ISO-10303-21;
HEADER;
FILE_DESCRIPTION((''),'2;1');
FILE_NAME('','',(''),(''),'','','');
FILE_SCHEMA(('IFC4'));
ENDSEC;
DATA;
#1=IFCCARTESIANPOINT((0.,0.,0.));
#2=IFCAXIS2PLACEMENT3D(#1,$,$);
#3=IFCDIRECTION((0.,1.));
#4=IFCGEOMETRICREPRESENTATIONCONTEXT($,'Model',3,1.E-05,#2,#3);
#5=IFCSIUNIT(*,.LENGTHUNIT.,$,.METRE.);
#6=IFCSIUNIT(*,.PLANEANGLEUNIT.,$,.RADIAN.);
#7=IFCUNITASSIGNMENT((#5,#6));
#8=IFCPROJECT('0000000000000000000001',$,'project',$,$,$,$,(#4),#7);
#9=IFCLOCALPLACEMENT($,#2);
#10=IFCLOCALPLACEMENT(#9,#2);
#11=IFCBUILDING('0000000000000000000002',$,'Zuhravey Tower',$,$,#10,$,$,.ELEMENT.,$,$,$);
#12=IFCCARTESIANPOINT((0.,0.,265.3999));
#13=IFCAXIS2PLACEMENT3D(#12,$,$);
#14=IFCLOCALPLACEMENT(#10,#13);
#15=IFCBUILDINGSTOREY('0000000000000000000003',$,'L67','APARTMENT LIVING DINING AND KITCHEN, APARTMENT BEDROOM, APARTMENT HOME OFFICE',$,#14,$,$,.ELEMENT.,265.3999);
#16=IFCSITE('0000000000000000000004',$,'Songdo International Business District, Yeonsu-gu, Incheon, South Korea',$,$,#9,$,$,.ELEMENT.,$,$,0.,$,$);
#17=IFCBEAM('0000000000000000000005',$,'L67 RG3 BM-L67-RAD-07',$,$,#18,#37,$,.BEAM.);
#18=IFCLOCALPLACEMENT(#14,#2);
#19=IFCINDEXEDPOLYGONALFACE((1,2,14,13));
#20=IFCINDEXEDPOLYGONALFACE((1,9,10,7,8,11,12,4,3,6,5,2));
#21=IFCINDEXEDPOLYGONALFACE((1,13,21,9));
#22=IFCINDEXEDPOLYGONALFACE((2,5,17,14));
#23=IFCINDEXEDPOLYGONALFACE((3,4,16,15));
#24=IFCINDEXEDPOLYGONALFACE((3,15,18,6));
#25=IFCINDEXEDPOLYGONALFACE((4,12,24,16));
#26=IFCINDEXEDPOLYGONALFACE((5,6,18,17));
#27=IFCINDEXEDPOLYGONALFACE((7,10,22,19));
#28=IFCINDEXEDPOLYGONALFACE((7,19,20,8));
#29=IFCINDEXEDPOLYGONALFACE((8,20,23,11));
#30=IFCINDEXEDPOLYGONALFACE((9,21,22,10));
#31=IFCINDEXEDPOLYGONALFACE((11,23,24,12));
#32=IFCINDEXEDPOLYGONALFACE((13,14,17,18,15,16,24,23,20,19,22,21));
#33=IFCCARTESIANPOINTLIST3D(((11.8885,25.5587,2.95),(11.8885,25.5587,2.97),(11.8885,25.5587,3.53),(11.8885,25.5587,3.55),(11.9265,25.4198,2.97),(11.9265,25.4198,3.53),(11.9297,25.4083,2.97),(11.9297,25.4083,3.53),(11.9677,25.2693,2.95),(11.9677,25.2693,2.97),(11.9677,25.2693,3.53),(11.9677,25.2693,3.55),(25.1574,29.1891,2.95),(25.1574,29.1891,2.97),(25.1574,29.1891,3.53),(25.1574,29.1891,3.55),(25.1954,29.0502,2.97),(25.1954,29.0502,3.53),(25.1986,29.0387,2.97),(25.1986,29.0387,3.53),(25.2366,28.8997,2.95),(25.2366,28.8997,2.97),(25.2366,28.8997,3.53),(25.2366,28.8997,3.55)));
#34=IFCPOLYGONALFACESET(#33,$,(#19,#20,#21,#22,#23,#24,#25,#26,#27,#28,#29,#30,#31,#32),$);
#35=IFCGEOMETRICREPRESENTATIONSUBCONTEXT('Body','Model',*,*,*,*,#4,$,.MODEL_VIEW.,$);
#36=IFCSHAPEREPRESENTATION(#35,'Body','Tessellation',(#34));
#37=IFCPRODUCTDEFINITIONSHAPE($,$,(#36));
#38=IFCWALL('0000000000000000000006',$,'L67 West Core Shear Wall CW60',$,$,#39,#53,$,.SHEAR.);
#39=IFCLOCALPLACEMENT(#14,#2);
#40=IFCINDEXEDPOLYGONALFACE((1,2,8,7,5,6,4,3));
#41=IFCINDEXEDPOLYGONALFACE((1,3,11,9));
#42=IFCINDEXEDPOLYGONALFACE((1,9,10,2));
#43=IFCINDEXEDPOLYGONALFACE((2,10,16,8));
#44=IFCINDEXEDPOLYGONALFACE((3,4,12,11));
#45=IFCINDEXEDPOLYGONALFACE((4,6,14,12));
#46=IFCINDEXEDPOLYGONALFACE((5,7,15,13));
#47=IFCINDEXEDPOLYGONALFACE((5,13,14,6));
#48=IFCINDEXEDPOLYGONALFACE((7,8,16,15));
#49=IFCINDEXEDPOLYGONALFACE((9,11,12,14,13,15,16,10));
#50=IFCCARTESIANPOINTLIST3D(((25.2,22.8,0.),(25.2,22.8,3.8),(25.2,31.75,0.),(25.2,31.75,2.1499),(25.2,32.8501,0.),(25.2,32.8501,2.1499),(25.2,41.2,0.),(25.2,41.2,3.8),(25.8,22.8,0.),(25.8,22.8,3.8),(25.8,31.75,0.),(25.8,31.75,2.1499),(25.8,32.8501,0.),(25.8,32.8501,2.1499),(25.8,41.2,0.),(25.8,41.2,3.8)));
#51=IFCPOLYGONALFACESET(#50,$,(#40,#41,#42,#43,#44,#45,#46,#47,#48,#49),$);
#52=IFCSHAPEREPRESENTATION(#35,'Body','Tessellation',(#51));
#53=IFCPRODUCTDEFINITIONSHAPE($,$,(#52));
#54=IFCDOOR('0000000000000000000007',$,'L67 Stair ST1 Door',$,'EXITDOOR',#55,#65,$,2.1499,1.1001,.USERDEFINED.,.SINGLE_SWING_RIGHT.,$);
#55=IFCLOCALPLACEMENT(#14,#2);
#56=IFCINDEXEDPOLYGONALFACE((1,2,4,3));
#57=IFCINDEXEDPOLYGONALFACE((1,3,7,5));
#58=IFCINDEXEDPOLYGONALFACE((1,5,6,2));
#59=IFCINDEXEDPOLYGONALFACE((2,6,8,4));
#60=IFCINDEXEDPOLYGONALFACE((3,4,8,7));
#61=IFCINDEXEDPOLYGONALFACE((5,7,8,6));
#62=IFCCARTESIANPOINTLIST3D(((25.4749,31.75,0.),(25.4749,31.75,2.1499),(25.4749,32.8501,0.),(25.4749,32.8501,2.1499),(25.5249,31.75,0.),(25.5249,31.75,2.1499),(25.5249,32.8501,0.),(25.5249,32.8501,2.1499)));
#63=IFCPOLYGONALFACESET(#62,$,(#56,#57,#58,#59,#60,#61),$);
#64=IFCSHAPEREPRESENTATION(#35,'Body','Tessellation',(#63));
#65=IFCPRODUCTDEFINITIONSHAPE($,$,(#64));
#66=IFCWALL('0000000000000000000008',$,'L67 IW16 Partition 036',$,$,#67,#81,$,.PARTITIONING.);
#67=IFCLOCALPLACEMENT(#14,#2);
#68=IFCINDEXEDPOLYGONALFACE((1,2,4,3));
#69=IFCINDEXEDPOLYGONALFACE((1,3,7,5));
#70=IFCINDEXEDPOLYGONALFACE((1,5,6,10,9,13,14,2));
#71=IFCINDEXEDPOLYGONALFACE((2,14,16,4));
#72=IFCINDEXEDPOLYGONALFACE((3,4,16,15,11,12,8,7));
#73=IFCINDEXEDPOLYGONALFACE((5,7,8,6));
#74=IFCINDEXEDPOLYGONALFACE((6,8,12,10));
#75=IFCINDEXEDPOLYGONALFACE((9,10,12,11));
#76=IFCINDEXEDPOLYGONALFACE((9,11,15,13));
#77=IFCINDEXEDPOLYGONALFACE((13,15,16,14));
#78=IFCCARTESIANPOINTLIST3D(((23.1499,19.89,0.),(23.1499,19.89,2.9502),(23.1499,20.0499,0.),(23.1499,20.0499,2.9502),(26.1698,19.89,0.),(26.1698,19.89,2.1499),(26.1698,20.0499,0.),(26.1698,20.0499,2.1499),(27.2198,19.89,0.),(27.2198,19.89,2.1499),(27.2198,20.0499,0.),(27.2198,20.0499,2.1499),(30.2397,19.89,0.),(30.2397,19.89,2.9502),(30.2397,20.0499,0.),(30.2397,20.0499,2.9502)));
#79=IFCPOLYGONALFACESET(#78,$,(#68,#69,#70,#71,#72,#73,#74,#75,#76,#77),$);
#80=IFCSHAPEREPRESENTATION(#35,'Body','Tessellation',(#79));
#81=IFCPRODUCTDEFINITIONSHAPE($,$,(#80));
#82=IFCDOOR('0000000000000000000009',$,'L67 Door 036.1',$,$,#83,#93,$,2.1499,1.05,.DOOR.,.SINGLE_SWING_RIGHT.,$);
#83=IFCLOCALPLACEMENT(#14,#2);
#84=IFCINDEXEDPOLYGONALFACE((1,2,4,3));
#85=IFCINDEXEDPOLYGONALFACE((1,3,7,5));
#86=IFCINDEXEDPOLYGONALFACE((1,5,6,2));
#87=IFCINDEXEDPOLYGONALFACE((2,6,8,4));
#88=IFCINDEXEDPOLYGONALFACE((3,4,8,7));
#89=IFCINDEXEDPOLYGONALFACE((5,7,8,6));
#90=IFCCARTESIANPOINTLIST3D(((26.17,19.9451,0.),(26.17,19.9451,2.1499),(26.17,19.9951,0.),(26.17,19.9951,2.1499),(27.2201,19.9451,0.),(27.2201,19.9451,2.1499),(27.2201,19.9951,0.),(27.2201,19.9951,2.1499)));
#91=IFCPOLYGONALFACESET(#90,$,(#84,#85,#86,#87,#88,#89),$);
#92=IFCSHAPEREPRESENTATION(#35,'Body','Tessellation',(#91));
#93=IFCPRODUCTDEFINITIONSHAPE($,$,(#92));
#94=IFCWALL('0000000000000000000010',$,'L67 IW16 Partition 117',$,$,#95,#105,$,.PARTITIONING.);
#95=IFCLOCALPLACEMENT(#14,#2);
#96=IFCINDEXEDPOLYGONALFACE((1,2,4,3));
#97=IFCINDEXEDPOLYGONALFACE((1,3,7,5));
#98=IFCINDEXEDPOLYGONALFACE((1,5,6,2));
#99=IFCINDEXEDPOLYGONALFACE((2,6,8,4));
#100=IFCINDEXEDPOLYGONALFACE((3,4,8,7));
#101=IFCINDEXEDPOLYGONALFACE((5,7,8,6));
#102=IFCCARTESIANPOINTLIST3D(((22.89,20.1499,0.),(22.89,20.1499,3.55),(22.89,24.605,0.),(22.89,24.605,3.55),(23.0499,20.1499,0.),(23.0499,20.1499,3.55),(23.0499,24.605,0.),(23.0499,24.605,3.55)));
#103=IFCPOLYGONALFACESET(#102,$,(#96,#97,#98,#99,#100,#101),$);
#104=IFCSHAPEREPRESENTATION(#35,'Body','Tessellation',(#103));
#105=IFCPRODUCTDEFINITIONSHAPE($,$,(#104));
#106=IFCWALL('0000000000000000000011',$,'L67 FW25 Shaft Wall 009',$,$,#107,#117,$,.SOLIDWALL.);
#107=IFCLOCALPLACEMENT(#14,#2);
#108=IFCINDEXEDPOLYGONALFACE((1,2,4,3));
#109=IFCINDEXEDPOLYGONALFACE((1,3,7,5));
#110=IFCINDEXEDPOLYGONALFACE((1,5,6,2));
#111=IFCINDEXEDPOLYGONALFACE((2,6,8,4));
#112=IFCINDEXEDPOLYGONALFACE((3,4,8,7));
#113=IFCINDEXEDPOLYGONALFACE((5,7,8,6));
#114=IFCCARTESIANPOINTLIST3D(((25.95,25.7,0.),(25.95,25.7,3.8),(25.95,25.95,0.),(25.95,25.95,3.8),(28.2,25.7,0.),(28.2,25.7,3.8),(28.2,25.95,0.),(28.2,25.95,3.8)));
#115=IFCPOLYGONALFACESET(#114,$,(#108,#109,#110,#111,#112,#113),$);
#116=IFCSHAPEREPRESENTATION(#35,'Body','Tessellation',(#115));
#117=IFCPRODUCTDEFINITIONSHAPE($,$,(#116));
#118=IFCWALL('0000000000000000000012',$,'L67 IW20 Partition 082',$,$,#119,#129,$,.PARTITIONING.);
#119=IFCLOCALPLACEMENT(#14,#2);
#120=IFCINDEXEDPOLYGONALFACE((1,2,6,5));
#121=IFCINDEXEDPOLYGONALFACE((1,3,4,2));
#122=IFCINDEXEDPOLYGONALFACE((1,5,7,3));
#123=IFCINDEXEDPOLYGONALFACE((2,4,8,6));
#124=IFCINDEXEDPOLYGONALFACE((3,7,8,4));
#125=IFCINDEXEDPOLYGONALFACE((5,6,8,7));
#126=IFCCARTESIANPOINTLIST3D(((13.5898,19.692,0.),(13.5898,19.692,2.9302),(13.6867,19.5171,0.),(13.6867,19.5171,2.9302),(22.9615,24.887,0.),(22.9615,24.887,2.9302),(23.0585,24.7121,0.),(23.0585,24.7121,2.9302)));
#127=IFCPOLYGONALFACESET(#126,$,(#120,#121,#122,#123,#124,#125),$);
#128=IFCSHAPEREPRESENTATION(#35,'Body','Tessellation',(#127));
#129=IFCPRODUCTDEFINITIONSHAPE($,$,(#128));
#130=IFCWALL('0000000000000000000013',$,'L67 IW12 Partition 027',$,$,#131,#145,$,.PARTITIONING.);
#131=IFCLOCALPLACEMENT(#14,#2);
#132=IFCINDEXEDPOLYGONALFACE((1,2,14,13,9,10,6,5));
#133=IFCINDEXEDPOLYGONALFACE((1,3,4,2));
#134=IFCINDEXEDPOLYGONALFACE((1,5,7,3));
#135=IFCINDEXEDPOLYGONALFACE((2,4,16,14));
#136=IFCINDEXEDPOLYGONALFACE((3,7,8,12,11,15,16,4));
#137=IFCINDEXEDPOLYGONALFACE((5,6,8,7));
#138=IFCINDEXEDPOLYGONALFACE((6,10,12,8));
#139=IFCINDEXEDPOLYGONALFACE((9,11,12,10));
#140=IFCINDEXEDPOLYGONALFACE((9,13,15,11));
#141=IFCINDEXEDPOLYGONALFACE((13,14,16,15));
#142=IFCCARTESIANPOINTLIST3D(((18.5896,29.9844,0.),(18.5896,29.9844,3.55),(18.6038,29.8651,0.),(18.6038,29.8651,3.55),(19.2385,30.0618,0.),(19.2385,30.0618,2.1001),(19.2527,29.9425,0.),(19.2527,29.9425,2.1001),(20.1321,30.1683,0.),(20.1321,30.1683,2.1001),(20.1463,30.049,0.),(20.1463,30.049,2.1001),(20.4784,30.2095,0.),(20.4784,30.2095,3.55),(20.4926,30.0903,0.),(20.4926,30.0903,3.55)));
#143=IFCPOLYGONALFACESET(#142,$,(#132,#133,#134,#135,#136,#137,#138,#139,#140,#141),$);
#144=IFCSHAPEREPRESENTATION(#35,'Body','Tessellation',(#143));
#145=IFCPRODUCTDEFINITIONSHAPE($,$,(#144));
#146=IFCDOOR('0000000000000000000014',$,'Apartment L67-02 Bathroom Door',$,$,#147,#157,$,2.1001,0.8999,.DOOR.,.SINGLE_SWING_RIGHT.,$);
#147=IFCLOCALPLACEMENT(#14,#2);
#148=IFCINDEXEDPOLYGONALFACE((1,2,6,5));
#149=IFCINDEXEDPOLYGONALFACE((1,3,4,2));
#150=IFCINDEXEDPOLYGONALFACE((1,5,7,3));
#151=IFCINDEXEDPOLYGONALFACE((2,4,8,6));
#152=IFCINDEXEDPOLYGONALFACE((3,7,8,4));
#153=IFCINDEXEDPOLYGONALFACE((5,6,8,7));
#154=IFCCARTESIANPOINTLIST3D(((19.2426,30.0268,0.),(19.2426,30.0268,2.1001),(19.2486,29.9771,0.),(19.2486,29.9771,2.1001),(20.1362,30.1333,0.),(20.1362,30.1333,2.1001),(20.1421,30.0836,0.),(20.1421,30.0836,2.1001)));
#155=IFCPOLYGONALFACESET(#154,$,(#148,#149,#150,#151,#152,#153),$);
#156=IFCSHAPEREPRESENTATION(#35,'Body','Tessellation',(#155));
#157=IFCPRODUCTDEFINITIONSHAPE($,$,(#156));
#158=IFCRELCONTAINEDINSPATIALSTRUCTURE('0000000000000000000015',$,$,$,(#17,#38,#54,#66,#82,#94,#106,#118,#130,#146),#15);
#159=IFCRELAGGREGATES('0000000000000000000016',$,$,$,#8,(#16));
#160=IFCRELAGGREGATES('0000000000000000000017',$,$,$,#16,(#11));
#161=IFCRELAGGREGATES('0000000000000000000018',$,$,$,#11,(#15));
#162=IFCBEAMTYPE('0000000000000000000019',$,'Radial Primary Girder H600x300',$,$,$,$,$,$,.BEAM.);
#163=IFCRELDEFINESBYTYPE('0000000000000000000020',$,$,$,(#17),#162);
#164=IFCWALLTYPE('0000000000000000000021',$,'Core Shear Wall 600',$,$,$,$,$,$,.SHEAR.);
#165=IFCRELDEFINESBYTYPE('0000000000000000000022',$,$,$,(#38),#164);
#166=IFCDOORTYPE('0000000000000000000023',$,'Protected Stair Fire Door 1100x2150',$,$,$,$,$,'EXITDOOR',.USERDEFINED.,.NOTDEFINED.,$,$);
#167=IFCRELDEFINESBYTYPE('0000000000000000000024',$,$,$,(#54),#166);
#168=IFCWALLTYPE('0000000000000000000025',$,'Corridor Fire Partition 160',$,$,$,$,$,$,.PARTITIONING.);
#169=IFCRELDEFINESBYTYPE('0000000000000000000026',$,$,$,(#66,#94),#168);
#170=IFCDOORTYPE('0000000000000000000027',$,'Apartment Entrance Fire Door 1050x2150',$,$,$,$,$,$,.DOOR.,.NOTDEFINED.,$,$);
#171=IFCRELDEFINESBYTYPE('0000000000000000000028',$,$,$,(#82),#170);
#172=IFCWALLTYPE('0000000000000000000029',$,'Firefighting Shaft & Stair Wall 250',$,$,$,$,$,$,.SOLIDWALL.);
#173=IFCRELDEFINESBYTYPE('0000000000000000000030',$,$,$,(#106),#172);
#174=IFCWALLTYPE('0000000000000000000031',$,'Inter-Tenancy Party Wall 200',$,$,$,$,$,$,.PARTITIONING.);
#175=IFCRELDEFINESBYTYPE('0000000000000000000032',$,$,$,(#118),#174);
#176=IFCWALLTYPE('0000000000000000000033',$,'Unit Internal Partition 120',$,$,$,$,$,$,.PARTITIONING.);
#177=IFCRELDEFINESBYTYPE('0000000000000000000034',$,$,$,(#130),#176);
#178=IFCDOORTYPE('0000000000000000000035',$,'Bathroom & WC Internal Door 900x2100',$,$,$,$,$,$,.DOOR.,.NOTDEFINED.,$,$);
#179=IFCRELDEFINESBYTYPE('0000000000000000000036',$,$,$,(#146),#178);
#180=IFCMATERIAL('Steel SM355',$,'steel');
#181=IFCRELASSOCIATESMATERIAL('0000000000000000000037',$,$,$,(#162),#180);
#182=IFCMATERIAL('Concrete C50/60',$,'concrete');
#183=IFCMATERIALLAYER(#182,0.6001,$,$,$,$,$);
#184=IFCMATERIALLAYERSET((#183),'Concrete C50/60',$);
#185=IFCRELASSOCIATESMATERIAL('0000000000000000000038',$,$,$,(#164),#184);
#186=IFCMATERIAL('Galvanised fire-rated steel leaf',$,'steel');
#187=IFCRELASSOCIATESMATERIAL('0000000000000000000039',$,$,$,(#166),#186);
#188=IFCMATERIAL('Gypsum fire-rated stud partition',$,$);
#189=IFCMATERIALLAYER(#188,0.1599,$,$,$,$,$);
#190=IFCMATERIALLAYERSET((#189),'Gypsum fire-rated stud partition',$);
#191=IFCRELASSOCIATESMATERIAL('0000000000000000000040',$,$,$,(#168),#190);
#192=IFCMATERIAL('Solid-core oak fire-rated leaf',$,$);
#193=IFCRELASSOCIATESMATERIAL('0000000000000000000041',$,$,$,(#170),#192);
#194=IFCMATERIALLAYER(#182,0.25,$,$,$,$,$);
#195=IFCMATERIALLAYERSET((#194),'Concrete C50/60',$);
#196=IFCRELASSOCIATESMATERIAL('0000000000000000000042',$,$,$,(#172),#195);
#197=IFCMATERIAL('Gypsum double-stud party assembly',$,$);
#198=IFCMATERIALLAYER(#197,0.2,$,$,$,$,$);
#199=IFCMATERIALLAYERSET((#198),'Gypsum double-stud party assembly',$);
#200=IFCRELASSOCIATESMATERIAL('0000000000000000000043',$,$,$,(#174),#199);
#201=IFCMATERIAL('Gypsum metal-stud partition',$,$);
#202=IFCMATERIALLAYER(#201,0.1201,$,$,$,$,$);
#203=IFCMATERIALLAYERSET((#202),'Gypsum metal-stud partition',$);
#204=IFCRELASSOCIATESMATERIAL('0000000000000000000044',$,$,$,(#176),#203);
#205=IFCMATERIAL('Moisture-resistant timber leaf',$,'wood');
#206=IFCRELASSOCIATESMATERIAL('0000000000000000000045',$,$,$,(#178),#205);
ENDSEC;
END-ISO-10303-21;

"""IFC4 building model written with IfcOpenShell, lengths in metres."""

from ifc_helpers import new_model, si_unit, direction, frame, frame_2d, origin, origin_2d, place, context, subcontext, project, spatial, rectangle, i_section, extrude, material, layer, layer_set, material_profile, profile_set, type_object, element, fill, save


model = new_model("IFC4")

# Units and contexts
model_context = context("Model", 3, precision=1e-05, world=origin(), true_north=direction((0.0, 1.0)))
body_context = subcontext(model_context, "Body", "Model", "MODEL_VIEW")
ifc_project = project(units=[si_unit("LENGTHUNIT", "METRE"), si_unit("PLANEANGLEUNIT", "RADIAN")], contexts=[model_context])

# Site, building, storey
site_placement = place(None, origin())
site = spatial("IfcSite", under=ifc_project, at=site_placement, Name="Songdo International Business District, Yeonsu-gu, Incheon, South Korea", CompositionType="ELEMENT", RefElevation=0.0)
building_placement = place(site_placement, origin())
building = spatial("IfcBuilding", under=site, at=building_placement, Name="Zuhravey Tower", CompositionType="ELEMENT")
storey_placement = place(building_placement, frame((0.0, 0.0, 265.3999)))
storey = spatial("IfcBuildingStorey", under=building, at=storey_placement, Name="L67", Description="APARTMENT LIVING DINING AND KITCHEN, APARTMENT BEDROOM, APARTMENT HOME OFFICE", CompositionType="ELEMENT", Elevation=265.3999)

# Beam
ifc_material_1 = material(Name="Steel SM355", Category="steel")
ifc_material_profile = material_profile(ifc_material_1, i_section(OverallWidth=0.3, OverallDepth=0.6001, WebThickness=0.012, FlangeThickness=0.02, at=origin_2d()), Name="H-600x300x12x20")
ifc_profile_set = profile_set([ifc_material_profile], Name="Steel SM355")
beam_type = type_object("IfcBeamType", Name="Radial Primary Girder H600x300", PredefinedType="BEAM", material=ifc_profile_set)
beam_placement = place(storey_placement, frame((25.197, 29.0444, 3.25), z_axis=(-0.964549, -0.263903, 0.0), x_axis=(0.263903, -0.964549, 0.0)))
element("IfcBeam", 1, at=beam_placement, inside=storey, type_object=beam_type, Name="L67 RG3 BM-L67-RAD-07", PredefinedType="BEAM", context=body_context, shape_type="SweptSolid", body=[
    extrude(i_section(OverallWidth=0.3, OverallDepth=0.6001, WebThickness=0.012, FlangeThickness=0.02, at=origin_2d()), origin(), (0.0, 0.0, 1.0), 13.7566),
])

# Walls, openings, doors
ifc_material_2 = material(Name="Concrete C50/60", Category="concrete")
ifc_layer_1 = layer(ifc_material_2, 0.6001)
ifc_layer_set_1 = layer_set([ifc_layer_1], Name="Concrete C50/60")
wall_type_1 = type_object("IfcWallType", Name="Core Shear Wall 600", PredefinedType="SHEAR", material=ifc_layer_set_1)
ifc_material_3 = material(Name="Galvanised fire-rated steel leaf", Category="steel")
wall_1_placement = place(storey_placement, frame((25.5, 22.8, 0.0), z_axis=(0.0, 0.0, 1.0), x_axis=(0.0, 1.0, 0.0)))
wall_1 = element("IfcWall", 2, at=wall_1_placement, inside=storey, type_object=wall_type_1, Name="L67 West Core Shear Wall CW60", PredefinedType="SHEAR", context=body_context, shape_type="SweptSolid", body=[
    extrude(rectangle(XDim=18.3999, YDim=0.6001, at=frame_2d((9.2, 0.0))), origin(), (0.0, 0.0, 1.0), 3.8),
])
opening_1_placement = place(wall_1_placement, frame((8.95, 0.0, 0.0)))
opening_1 = element("IfcOpeningElement", 3, at=opening_1_placement, cuts=wall_1, PredefinedType="OPENING", context=body_context, shape_type="SweptSolid", body=[
    extrude(rectangle(XDim=1.1001, YDim=2.1499, at=frame_2d((0.55, 1.075))), frame((0.0, 0.312, 0.0), z_axis=(0.0, -1.0, 0.0), x_axis=(1.0, 0.0, 0.0)), (0.0, 0.0, 1.0), 0.624),
])
door_type_1 = type_object("IfcDoorType", Name="Protected Stair Fire Door 1100x2150", ElementType="EXITDOOR", OperationType="NOTDEFINED", PredefinedType="USERDEFINED", material=ifc_material_3)
door_1_placement = place(opening_1_placement, frame((1.1001, 0.0, 0.0), z_axis=(0.0, 0.0, 1.0), x_axis=(-1.0, 0.0, 0.0)))
door_1 = element("IfcDoor", 4, at=door_1_placement, inside=storey, type_object=door_type_1, Name="L67 Stair ST1 Door", ObjectType="EXITDOOR", OperationType="SINGLE_SWING_RIGHT", OverallHeight=2.1499, OverallWidth=1.1001, PredefinedType="USERDEFINED", context=body_context, shape_type="SweptSolid", body=[
    extrude(rectangle(XDim=1.1001, YDim=2.1499, at=frame_2d((0.55, 1.075))), frame((0.0, 0.0249, 0.0), z_axis=(0.0, -1.0, 0.0), x_axis=(1.0, 0.0, 0.0)), (0.0, 0.0, 1.0), 0.05),
])
fill(opening_1, door_1)
ifc_material_4 = material(Name="Gypsum fire-rated stud partition")
ifc_layer_2 = layer(ifc_material_4, 0.1599)
ifc_layer_set_2 = layer_set([ifc_layer_2], Name="Gypsum fire-rated stud partition")
wall_type_2 = type_object("IfcWallType", Name="Corridor Fire Partition 160", PredefinedType="PARTITIONING", material=ifc_layer_set_2)
ifc_material_5 = material(Name="Solid-core oak fire-rated leaf")
door_type_2 = type_object("IfcDoorType", Name="Apartment Entrance Fire Door 1050x2150", OperationType="NOTDEFINED", PredefinedType="DOOR", material=ifc_material_5)
wall_2_placement = place(storey_placement, frame((23.1499, 19.97, 0.0), z_axis=(0.0, 0.0, 1.0), x_axis=(1.0, 0.0, 0.0)))
wall_2 = element("IfcWall", 5, at=wall_2_placement, inside=storey, type_object=wall_type_2, Name="L67 IW16 Partition 036", PredefinedType="PARTITIONING", context=body_context, shape_type="SweptSolid", body=[
    extrude(rectangle(XDim=7.0898, YDim=0.1599, at=frame_2d((3.5449, 0.0))), origin(), (0.0, 0.0, 1.0), 2.9502),
])
opening_2_placement = place(wall_2_placement, frame((3.02, 0.0, 0.0)))
opening_2 = element("IfcOpeningElement", 6, at=opening_2_placement, cuts=wall_2, PredefinedType="OPENING", context=body_context, shape_type="SweptSolid", body=[
    extrude(rectangle(XDim=1.05, YDim=2.1499, at=frame_2d((0.5249, 1.075))), frame((0.0, 0.092, 0.0), z_axis=(0.0, -1.0, 0.0), x_axis=(1.0, 0.0, 0.0)), (0.0, 0.0, 1.0), 0.1838),
])
door_2_placement = place(opening_2_placement, frame((1.05, 0.0, 0.0), z_axis=(0.0, 0.0, 1.0), x_axis=(-1.0, 0.0, 0.0)))
door_2 = element("IfcDoor", 7, at=door_2_placement, inside=storey, type_object=door_type_2, Name="L67 Door 036.1", OperationType="SINGLE_SWING_RIGHT", OverallHeight=2.1499, OverallWidth=1.05, PredefinedType="DOOR", context=body_context, shape_type="SweptSolid", body=[
    extrude(rectangle(XDim=1.05, YDim=2.1499, at=frame_2d((0.5249, 1.075))), frame((0.0, 0.0249, 0.0), z_axis=(0.0, -1.0, 0.0), x_axis=(1.0, 0.0, 0.0)), (0.0, 0.0, 1.0), 0.05),
])
fill(opening_2, door_2)

# Walls
wall_3_placement = place(storey_placement, frame((22.97, 24.605, 0.0), z_axis=(0.0, 0.0, 1.0), x_axis=(0.0, -1.0, 0.0)))
element("IfcWall", 8, at=wall_3_placement, inside=storey, type_object=wall_type_2, Name="L67 IW16 Partition 117", PredefinedType="PARTITIONING", context=body_context, shape_type="SweptSolid", body=[
    extrude(rectangle(XDim=4.4551, YDim=0.1599, at=frame_2d((2.2275, 0.0))), origin(), (0.0, 0.0, 1.0), 3.55),
])
ifc_layer_3 = layer(ifc_material_2, 0.25)
ifc_layer_set_3 = layer_set([ifc_layer_3], Name="Concrete C50/60")
wall_type_3 = type_object("IfcWallType", Name="Firefighting Shaft & Stair Wall 250", PredefinedType="SOLIDWALL", material=ifc_layer_set_3)
wall_4_placement = place(storey_placement, frame((25.95, 25.825, 0.0), z_axis=(0.0, 0.0, 1.0), x_axis=(1.0, 0.0, 0.0)))
element("IfcWall", 9, at=wall_4_placement, inside=storey, type_object=wall_type_3, Name="L67 FW25 Shaft Wall 009", PredefinedType="SOLIDWALL", context=body_context, shape_type="SweptSolid", body=[
    extrude(rectangle(XDim=2.25, YDim=0.25, at=frame_2d((1.125, 0.0))), origin(), (0.0, 0.0, 1.0), 3.8),
])
ifc_material_6 = material(Name="Gypsum double-stud party assembly")
ifc_layer_4 = layer(ifc_material_6, 0.2)
ifc_layer_set_4 = layer_set([ifc_layer_4], Name="Gypsum double-stud party assembly")
wall_type_4 = type_object("IfcWallType", Name="Inter-Tenancy Party Wall 200", PredefinedType="PARTITIONING", material=ifc_layer_set_4)
wall_5_placement = place(storey_placement, frame((23.01, 24.7996, 0.0), z_axis=(0.0, 0.0, 1.0), x_axis=(-0.874613, -0.484822, 0.0)))
element("IfcWall", 10, at=wall_5_placement, inside=storey, type_object=wall_type_4, Name="L67 IW20 Partition 082", PredefinedType="PARTITIONING", context=body_context, shape_type="SweptSolid", body=[
    extrude(rectangle(XDim=10.7153, YDim=0.2, at=frame_2d((5.3577, 0.0))), origin(), (0.0, 0.0, 1.0), 2.9302),
])

# Wall, opening, door
ifc_material_7 = material(Name="Gypsum metal-stud partition")
ifc_layer_5 = layer(ifc_material_7, 0.1201)
ifc_layer_set_5 = layer_set([ifc_layer_5], Name="Gypsum metal-stud partition")
wall_type_5 = type_object("IfcWallType", Name="Unit Internal Partition 120", PredefinedType="PARTITIONING", material=ifc_layer_set_5)
wall_6_placement = place(storey_placement, frame((20.4856, 30.1499, 0.0), z_axis=(0.0, 0.0, 1.0), x_axis=(-0.992972, -0.118345, 0.0)))
wall_6 = element("IfcWall", 11, at=wall_6_placement, inside=storey, type_object=wall_type_5, Name="L67 IW12 Partition 027", PredefinedType="PARTITIONING", context=body_context, shape_type="SweptSolid", body=[
    extrude(rectangle(XDim=1.9021, YDim=0.1201, at=frame_2d((0.9512, 0.0))), origin(), (0.0, 0.0, 1.0), 3.55),
])
opening_3_placement = place(wall_6_placement, frame((0.3489, 0.0, 0.0)))
opening_3 = element("IfcOpeningElement", 12, at=opening_3_placement, cuts=wall_6, PredefinedType="OPENING", context=body_context, shape_type="SweptSolid", body=[
    extrude(rectangle(XDim=0.8999, YDim=2.1001, at=frame_2d((0.45, 1.05))), frame((0.0, 0.072, 0.0), z_axis=(0.0, -1.0, 0.0), x_axis=(1.0, 0.0, 0.0)), (0.0, 0.0, 1.0), 0.144),
])
ifc_material_8 = material(Name="Moisture-resistant timber leaf", Category="wood")
door_type_3 = type_object("IfcDoorType", Name="Bathroom & WC Internal Door 900x2100", OperationType="NOTDEFINED", PredefinedType="DOOR", material=ifc_material_8)
door_3_placement = place(opening_3_placement, frame((0.8999, 0.0, 0.0), z_axis=(0.0, 0.0, 1.0), x_axis=(-1.0, 0.0, 0.0)))
door_3 = element("IfcDoor", 13, at=door_3_placement, inside=storey, type_object=door_type_3, Name="Apartment L67-02 Bathroom Door", OperationType="SINGLE_SWING_RIGHT", OverallHeight=2.1001, OverallWidth=0.8999, PredefinedType="DOOR", context=body_context, shape_type="SweptSolid", body=[
    extrude(rectangle(XDim=0.8999, YDim=2.1001, at=frame_2d((0.45, 1.05))), frame((0.0, 0.0249, 0.0), z_axis=(0.0, -1.0, 0.0), x_axis=(1.0, 0.0, 0.0)), (0.0, 0.0, 1.0), 0.05),
])
fill(opening_3, door_3)

save(model, "model.ifc")
